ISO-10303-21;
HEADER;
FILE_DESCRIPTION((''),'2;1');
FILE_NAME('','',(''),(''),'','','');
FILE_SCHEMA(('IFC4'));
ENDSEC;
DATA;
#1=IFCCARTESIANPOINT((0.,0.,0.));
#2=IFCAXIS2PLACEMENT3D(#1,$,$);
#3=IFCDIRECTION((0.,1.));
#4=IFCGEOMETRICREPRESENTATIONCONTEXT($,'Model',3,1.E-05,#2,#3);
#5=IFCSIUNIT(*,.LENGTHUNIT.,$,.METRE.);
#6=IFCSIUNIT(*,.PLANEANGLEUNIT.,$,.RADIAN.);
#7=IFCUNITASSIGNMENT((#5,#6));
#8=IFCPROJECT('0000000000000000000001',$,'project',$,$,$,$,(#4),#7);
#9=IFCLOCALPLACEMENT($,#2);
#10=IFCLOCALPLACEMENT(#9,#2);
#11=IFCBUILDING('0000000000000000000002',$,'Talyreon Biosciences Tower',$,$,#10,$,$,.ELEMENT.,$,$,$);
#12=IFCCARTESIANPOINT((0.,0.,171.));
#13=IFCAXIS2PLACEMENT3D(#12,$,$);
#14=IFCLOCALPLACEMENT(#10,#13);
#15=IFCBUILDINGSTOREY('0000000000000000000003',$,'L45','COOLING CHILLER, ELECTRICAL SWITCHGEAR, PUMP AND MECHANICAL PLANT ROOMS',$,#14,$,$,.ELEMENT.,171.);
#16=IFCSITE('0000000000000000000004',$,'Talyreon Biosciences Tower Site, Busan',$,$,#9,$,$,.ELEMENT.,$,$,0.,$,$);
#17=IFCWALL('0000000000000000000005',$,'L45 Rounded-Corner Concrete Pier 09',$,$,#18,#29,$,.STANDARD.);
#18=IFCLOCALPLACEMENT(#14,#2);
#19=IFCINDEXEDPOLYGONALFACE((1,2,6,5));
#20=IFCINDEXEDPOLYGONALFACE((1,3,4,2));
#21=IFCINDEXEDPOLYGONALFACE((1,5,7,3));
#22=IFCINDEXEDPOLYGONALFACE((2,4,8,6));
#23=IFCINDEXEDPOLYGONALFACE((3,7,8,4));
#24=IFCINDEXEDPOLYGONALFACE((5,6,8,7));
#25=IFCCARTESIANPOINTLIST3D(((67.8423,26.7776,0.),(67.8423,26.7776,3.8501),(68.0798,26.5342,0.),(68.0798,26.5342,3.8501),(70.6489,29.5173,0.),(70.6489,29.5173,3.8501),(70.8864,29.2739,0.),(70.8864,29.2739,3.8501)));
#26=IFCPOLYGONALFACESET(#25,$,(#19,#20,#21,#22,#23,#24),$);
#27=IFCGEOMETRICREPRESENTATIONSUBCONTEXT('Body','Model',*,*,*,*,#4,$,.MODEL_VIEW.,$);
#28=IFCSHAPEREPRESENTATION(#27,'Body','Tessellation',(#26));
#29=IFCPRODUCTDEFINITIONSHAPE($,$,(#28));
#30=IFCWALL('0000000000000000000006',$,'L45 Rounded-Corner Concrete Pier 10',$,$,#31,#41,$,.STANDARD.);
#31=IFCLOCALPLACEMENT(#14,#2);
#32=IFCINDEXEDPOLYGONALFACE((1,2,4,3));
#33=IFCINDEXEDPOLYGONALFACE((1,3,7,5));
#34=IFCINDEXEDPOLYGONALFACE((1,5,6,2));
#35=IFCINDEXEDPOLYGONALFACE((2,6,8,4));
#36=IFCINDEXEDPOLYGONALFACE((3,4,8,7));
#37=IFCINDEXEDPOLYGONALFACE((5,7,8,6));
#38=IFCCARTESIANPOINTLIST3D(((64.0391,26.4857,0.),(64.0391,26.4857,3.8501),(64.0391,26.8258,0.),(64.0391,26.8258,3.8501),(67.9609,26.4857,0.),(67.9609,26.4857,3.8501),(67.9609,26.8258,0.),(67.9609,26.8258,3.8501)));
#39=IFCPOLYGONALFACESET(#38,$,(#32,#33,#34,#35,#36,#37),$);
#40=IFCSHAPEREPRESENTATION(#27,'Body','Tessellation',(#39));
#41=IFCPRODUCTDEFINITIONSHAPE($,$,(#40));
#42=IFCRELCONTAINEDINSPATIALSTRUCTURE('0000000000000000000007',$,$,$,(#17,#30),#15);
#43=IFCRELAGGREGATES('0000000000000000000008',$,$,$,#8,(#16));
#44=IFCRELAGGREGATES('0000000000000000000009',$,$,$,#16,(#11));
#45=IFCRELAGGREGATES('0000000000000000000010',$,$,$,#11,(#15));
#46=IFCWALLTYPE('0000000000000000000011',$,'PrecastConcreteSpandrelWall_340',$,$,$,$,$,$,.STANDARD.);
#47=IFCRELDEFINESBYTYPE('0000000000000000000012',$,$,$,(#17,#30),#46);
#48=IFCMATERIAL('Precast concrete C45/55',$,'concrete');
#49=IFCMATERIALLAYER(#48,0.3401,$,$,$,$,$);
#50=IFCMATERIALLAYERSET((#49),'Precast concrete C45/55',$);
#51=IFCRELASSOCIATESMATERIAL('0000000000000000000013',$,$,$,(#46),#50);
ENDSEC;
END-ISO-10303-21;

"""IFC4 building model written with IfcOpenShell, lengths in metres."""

from ifc_helpers import new_model, si_unit, direction, frame, frame_2d, origin, place, context, subcontext, project, spatial, rectangle, extrude, material, layer, layer_set, type_object, element, save


model = new_model("IFC4")

# Units and contexts
model_context = context("Model", 3, precision=1e-05, world=origin(), true_north=direction((0.0, 1.0)))
body_context = subcontext(model_context, "Body", "Model", "MODEL_VIEW")
ifc_project = project(units=[si_unit("LENGTHUNIT", "METRE"), si_unit("PLANEANGLEUNIT", "RADIAN")], contexts=[model_context])

# Site, building, storey
site_placement = place(None, origin())
site = spatial("IfcSite", under=ifc_project, at=site_placement, Name="Talyreon Biosciences Tower Site, Busan", CompositionType="ELEMENT", RefElevation=0.0)
building_placement = place(site_placement, origin())
building = spatial("IfcBuilding", under=site, at=building_placement, Name="Talyreon Biosciences Tower", CompositionType="ELEMENT")
storey_placement = place(building_placement, frame((0.0, 0.0, 171.0)))
storey = spatial("IfcBuildingStorey", under=building, at=storey_placement, Name="L45", Description="COOLING CHILLER, ELECTRICAL SWITCHGEAR, PUMP AND MECHANICAL PLANT ROOMS", CompositionType="ELEMENT", Elevation=171.0)

# Shared definitions
ifc_material_1 = material(Name="Precast concrete C45/55", Category="concrete")

# Walls
ifc_layer_1 = layer(ifc_material_1, 0.3401)
ifc_layer_set_1 = layer_set([ifc_layer_1], Name="Precast concrete C45/55")
wall_type = type_object("IfcWallType", Name="PrecastConcreteSpandrelWall_340", PredefinedType="STANDARD", material=ifc_layer_set_1)
wall_1_placement = place(storey_placement, frame((70.7676, 29.3955, 0.0), z_axis=(0.0, 0.0, 1.0), x_axis=(-0.715583, -0.698528, 0.0)))
element("IfcWall", 1, at=wall_1_placement, inside=storey, type_object=wall_type, Name="L45 Rounded-Corner Concrete Pier 09", PredefinedType="STANDARD", context=body_context, shape_type="SweptSolid", body=[
    extrude(rectangle(XDim=3.9221, YDim=0.3401, at=frame_2d((1.9609, 0.0))), origin(), (0.0, 0.0, 1.0), 3.8501),
])
wall_2_placement = place(storey_placement, frame((67.9609, 26.6558, 0.0), z_axis=(0.0, 0.0, 1.0), x_axis=(-1.0, 0.0, 0.0)))
element("IfcWall", 2, at=wall_2_placement, inside=storey, type_object=wall_type, Name="L45 Rounded-Corner Concrete Pier 10", PredefinedType="STANDARD", context=body_context, shape_type="SweptSolid", body=[
    extrude(rectangle(XDim=3.9219, YDim=0.3401, at=frame_2d((1.9609, 0.0))), origin(), (0.0, 0.0, 1.0), 3.8501),
])

save(model, "model.ifc")
